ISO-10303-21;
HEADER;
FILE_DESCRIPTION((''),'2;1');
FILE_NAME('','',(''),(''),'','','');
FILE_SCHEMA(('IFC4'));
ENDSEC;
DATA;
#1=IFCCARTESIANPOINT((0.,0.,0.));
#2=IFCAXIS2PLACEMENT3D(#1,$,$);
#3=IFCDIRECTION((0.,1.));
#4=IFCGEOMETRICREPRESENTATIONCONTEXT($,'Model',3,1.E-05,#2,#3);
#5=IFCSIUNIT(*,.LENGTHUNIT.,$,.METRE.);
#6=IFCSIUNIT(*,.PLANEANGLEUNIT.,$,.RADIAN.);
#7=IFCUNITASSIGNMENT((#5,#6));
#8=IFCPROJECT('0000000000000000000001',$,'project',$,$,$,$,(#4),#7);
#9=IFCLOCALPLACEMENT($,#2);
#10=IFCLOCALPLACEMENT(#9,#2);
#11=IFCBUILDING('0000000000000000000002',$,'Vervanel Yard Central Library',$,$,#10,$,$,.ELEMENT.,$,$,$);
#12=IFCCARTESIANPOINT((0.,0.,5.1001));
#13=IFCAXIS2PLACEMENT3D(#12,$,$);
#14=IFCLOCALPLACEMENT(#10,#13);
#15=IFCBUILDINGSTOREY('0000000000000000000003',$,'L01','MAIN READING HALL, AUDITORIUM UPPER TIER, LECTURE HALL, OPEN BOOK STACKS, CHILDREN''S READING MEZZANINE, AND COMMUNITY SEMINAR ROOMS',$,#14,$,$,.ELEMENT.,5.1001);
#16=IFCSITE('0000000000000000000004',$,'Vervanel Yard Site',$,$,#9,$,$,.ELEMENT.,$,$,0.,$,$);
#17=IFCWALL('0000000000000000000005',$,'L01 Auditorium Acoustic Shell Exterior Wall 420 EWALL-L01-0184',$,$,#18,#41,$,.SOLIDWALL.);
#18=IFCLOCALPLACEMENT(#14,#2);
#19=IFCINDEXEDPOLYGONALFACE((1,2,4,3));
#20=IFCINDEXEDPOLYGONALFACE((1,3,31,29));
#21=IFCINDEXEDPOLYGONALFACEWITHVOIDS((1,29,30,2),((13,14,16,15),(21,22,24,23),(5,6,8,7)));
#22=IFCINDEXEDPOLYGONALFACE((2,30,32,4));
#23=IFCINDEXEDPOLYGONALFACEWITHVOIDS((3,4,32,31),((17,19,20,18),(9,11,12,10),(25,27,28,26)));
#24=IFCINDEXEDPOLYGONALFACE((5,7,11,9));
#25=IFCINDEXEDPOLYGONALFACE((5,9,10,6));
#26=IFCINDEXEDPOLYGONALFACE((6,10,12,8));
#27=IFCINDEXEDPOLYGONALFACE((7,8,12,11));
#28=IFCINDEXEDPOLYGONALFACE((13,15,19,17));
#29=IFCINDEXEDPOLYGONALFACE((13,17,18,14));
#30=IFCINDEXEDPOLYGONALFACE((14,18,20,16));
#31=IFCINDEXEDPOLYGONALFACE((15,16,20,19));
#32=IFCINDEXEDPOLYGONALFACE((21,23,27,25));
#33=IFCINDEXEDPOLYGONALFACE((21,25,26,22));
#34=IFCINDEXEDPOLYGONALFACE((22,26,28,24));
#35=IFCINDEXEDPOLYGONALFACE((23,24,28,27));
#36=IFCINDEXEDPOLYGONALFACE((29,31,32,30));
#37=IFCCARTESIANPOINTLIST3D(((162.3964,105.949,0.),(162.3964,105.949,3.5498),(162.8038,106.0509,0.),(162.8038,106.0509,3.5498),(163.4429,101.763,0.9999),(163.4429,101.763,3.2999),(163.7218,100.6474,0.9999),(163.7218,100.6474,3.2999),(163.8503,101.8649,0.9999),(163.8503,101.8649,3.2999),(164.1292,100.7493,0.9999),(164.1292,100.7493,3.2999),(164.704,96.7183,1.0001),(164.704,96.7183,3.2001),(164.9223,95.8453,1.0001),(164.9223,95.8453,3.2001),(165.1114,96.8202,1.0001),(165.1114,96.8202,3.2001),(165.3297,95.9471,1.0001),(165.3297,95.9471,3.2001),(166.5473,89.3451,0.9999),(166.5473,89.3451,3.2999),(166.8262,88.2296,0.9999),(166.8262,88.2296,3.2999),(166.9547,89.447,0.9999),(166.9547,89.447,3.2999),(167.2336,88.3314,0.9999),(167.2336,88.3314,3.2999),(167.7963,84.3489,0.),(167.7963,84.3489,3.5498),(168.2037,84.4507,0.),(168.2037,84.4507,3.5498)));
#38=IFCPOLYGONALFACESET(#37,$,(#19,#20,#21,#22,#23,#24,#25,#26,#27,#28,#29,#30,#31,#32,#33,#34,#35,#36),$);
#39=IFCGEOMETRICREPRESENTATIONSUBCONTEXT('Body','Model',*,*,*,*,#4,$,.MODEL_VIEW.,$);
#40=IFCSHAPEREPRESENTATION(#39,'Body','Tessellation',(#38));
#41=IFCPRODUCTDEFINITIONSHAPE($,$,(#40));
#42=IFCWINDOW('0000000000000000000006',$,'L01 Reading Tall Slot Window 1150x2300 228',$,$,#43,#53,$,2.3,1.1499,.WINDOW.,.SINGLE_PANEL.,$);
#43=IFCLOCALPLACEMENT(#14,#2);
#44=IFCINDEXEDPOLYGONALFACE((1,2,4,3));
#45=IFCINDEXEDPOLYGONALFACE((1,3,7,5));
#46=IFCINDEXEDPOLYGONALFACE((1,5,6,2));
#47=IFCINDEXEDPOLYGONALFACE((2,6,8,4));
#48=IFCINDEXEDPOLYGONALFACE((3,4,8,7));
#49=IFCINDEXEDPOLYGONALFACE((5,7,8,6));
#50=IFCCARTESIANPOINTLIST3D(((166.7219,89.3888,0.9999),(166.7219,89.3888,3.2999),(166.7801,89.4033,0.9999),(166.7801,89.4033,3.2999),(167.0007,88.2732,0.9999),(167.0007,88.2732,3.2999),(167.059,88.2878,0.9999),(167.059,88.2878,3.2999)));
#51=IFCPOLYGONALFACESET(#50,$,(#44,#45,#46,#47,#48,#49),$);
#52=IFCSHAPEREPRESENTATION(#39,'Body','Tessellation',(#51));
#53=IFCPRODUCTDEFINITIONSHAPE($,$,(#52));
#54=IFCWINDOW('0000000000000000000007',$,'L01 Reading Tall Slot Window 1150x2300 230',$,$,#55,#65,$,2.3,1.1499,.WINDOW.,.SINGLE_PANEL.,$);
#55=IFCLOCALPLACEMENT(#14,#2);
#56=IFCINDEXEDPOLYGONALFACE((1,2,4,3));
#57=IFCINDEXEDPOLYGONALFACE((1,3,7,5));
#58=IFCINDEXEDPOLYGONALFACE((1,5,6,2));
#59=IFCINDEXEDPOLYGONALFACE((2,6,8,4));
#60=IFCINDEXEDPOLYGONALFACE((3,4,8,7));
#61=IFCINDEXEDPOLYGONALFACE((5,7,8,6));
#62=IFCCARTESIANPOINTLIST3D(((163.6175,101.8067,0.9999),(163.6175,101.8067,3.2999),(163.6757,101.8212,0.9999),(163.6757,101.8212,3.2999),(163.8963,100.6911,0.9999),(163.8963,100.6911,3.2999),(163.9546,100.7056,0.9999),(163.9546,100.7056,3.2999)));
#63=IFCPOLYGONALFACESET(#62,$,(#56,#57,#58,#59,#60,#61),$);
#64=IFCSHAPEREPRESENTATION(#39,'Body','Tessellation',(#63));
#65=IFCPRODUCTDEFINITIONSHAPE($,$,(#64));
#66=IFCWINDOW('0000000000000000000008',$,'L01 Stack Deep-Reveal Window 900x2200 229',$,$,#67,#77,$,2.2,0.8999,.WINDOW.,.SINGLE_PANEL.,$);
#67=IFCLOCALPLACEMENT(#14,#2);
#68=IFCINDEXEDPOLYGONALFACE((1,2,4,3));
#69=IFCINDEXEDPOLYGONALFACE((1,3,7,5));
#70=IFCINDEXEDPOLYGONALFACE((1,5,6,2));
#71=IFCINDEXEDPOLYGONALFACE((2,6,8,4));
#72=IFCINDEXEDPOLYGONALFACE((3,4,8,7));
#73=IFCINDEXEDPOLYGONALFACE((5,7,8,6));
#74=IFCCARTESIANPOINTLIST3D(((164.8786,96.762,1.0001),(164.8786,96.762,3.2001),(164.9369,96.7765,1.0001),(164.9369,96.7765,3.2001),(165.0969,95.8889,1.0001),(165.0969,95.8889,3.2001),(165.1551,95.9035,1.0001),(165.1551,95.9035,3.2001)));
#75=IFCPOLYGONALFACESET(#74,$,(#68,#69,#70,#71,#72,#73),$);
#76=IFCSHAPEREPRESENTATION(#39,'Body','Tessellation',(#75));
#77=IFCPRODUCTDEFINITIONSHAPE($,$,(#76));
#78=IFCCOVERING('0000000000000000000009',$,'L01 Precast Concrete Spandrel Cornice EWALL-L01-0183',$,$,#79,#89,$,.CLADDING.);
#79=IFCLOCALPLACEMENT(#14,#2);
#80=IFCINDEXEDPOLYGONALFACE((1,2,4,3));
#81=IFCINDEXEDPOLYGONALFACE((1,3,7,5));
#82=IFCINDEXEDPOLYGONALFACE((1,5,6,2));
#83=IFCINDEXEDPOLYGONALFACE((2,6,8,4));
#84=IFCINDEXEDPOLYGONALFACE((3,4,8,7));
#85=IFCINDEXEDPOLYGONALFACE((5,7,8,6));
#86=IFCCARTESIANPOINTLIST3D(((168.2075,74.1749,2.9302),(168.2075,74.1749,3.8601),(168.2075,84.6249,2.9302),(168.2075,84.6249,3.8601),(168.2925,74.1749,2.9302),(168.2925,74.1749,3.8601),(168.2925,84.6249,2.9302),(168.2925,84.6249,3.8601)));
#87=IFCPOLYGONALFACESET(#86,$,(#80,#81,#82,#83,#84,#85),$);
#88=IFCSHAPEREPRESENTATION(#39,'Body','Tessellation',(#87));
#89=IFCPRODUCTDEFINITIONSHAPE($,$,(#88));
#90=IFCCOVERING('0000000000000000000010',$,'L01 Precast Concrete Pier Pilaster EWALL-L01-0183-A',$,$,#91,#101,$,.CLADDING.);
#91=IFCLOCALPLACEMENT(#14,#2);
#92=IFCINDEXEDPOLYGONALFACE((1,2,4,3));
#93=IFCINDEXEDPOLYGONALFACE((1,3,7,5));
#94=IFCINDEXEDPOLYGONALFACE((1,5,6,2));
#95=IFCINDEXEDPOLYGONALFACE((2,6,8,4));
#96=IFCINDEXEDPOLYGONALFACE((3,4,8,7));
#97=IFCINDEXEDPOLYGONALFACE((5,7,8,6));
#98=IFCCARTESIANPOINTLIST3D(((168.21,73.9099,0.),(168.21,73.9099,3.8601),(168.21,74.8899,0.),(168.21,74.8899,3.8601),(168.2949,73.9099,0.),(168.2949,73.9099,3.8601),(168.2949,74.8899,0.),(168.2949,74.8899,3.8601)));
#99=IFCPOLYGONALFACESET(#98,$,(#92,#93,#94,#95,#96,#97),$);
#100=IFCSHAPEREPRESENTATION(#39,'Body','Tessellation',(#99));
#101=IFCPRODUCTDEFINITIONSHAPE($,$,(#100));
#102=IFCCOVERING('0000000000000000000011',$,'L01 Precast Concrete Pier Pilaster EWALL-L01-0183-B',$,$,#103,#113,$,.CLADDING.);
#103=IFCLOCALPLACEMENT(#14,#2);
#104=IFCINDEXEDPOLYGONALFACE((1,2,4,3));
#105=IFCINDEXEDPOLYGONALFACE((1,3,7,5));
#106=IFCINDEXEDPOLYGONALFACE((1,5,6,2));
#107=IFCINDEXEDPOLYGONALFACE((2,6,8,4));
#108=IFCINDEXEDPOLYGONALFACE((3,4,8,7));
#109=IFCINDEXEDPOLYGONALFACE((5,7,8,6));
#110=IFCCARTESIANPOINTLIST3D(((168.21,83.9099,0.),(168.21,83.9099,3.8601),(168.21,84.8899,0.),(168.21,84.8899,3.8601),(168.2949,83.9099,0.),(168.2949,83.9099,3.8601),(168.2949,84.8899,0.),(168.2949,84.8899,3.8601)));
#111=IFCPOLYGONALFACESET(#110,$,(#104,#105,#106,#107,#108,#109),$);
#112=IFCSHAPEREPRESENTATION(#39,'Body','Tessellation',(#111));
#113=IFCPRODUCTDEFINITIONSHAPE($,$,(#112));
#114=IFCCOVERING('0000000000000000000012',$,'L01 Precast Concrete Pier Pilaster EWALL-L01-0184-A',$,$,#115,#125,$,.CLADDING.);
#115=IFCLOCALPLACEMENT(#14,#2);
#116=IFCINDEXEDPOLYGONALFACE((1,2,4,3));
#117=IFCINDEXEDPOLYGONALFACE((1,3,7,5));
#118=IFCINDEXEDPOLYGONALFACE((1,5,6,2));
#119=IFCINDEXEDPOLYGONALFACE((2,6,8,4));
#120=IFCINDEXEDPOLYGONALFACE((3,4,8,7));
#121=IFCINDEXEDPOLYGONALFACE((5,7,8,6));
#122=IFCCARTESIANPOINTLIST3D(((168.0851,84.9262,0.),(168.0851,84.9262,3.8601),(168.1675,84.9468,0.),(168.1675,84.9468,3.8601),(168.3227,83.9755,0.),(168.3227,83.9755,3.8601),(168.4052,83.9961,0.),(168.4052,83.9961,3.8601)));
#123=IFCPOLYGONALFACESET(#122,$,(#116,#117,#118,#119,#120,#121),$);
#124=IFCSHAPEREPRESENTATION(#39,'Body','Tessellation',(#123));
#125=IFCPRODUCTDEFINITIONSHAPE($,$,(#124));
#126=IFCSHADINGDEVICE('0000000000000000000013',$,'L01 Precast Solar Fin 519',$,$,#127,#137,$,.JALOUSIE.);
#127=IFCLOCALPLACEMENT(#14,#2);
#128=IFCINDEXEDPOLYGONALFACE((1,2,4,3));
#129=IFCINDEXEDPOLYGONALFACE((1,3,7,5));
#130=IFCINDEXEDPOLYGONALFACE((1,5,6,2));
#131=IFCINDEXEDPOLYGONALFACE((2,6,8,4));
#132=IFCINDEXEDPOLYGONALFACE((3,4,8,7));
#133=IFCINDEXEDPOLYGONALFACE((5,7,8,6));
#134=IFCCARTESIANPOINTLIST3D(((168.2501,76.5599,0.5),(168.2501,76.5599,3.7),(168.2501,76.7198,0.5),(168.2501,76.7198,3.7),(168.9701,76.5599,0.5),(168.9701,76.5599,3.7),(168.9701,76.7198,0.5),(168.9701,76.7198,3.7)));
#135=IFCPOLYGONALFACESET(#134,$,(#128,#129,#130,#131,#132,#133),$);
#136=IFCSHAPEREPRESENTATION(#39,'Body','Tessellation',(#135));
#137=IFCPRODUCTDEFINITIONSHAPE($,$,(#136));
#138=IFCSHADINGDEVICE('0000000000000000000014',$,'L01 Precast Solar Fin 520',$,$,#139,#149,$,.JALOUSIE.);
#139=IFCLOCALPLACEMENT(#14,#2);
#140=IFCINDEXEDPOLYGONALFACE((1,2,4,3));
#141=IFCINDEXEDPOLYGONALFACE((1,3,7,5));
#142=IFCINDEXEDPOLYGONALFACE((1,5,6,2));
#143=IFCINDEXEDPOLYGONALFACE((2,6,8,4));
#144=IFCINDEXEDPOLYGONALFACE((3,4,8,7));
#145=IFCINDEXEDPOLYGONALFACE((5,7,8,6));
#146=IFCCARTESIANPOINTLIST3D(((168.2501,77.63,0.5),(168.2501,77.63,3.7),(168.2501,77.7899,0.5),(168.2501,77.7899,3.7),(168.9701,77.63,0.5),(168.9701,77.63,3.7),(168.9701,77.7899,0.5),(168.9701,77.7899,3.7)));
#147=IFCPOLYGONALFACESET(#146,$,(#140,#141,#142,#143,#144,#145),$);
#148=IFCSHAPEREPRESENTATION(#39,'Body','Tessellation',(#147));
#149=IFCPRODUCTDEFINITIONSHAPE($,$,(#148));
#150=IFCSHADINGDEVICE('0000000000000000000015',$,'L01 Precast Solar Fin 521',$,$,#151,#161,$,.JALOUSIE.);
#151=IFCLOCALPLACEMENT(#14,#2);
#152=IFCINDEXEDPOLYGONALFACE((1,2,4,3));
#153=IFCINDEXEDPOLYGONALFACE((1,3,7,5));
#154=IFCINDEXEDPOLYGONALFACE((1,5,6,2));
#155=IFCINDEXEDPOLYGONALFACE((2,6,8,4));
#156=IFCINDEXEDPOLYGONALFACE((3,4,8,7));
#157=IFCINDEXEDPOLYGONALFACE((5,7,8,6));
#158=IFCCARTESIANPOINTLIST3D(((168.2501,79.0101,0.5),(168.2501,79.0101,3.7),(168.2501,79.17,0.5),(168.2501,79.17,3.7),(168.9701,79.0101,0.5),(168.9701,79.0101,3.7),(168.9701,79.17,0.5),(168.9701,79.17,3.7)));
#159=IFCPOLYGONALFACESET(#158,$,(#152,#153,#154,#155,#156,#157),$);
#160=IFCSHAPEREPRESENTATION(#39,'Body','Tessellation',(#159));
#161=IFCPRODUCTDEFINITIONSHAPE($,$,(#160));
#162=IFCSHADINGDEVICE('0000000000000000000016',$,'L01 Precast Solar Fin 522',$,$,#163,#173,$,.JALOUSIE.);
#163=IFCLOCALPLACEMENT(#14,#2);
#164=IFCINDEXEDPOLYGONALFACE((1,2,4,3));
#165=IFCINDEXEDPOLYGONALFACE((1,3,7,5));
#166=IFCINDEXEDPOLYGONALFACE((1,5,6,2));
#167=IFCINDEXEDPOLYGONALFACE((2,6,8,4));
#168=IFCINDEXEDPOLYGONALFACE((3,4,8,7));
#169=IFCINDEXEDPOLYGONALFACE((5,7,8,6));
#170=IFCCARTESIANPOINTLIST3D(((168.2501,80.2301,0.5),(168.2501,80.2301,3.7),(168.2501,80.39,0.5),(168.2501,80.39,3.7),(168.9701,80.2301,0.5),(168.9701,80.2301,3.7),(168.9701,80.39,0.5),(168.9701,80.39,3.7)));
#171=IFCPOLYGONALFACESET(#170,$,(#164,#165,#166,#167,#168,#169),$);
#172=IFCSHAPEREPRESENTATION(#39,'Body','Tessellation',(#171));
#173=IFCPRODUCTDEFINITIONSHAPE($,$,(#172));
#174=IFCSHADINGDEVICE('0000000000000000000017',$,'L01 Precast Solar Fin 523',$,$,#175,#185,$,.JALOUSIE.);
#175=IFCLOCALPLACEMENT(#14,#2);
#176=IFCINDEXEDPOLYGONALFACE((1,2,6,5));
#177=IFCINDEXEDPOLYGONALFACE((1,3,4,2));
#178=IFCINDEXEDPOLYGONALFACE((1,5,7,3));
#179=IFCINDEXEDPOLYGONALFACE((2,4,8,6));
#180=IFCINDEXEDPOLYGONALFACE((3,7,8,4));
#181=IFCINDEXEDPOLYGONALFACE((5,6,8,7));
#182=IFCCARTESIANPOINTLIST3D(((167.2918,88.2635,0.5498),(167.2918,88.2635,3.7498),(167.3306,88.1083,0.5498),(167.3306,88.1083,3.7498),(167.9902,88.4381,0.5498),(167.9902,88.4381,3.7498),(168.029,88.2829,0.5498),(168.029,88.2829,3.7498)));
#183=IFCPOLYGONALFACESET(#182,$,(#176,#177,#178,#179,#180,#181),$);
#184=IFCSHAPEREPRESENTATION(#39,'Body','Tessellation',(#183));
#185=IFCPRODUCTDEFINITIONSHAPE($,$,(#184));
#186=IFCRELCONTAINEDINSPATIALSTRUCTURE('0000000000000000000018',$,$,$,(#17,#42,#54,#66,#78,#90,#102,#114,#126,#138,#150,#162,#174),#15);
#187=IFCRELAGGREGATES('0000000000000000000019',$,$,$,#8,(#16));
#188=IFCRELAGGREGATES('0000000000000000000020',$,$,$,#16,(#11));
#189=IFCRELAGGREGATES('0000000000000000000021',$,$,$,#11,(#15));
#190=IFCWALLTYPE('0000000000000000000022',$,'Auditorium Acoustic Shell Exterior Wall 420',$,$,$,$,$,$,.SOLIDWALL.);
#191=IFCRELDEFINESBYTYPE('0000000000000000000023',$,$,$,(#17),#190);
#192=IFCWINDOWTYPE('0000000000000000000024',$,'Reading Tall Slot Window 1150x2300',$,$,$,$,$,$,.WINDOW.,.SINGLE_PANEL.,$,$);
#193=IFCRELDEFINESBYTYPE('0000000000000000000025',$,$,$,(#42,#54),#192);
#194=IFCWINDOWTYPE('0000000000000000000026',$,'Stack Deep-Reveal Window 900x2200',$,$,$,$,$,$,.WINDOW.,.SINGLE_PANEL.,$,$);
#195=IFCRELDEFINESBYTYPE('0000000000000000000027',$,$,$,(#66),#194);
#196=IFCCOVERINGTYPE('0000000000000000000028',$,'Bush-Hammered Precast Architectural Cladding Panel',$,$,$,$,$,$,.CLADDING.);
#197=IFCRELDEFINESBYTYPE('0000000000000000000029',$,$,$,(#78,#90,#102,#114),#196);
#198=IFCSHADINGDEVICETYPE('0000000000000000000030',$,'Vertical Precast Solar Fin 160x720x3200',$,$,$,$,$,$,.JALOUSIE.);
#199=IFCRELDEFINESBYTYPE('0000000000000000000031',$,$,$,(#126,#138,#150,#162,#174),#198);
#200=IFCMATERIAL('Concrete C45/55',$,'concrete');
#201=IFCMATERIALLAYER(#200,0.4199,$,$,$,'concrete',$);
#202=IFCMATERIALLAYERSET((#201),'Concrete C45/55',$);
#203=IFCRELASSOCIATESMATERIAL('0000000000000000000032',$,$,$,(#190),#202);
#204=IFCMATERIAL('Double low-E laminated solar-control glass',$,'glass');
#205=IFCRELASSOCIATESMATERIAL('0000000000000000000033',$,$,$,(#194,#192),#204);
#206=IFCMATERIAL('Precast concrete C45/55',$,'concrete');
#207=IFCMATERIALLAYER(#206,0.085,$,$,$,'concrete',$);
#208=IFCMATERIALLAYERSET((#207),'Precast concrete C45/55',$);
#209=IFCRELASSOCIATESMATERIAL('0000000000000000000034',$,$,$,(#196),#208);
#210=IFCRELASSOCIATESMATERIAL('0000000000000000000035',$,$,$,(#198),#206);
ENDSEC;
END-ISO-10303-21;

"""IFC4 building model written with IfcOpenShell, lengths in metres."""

from ifc_helpers import new_model, si_unit, direction, frame, frame_2d, origin, origin_2d, place, context, subcontext, project, spatial, rectangle, extrude, material, layer, layer_set, type_object, element, fill, save


model = new_model("IFC4")

# Units and contexts
model_context = context("Model", 3, precision=1e-05, world=origin(), true_north=direction((0.0, 1.0)))
body_context = subcontext(model_context, "Body", "Model", "MODEL_VIEW")
ifc_project = project(units=[si_unit("LENGTHUNIT", "METRE"), si_unit("PLANEANGLEUNIT", "RADIAN")], contexts=[model_context])

# Site, building, storey
site_placement = place(None, origin())
site = spatial("IfcSite", under=ifc_project, at=site_placement, Name="Vervanel Yard Site", CompositionType="ELEMENT", RefElevation=0.0)
building_placement = place(site_placement, origin())
building = spatial("IfcBuilding", under=site, at=building_placement, Name="Vervanel Yard Central Library", CompositionType="ELEMENT")
storey_placement = place(building_placement, frame((0.0, 0.0, 5.1001)))
storey = spatial("IfcBuildingStorey", under=building, at=storey_placement, Name="L01", Description="MAIN READING HALL, AUDITORIUM UPPER TIER, LECTURE HALL, OPEN BOOK STACKS, CHILDREN'S READING MEZZANINE, AND COMMUNITY SEMINAR ROOMS", CompositionType="ELEMENT", Elevation=5.1001)

# Wall, openings, windows
ifc_material_1 = material(Name="Concrete C45/55", Category="concrete")
ifc_layer_1 = layer(ifc_material_1, 0.4199, Category="concrete")
ifc_layer_set_1 = layer_set([ifc_layer_1], Name="Concrete C45/55")
wall_type = type_object("IfcWallType", Name="Auditorium Acoustic Shell Exterior Wall 420", PredefinedType="SOLIDWALL", material=ifc_layer_set_1)
ifc_material_2 = material(Name="Double low-E laminated solar-control glass", Category="glass")
window_type_1 = type_object("IfcWindowType", Name="Stack Deep-Reveal Window 900x2200", PartitioningType="SINGLE_PANEL", PredefinedType="WINDOW", material=ifc_material_2)
wall_1_placement = place(storey_placement, frame((168.0, 84.3999, 0.0), z_axis=(0.0, 0.0, 1.0), x_axis=(-0.24253, 0.970144, 0.0)))
wall_1 = element("IfcWall", 1, at=wall_1_placement, inside=storey, type_object=wall_type, Name="L01 Auditorium Acoustic Shell Exterior Wall 420 EWALL-L01-0184", PredefinedType="SOLIDWALL", context=body_context, shape_type="SweptSolid", body=[
    extrude(rectangle(XDim=22.2649, YDim=0.4199, at=frame_2d((11.1323, 0.0))), origin(), (0.0, 0.0, 1.0), 3.5498),
])
opening_1_placement = place(wall_1_placement, frame((4.0, 0.0, 1.0)))
opening_1 = element("IfcOpeningElement", 2, at=opening_1_placement, cuts=wall_1, PredefinedType="OPENING", context=body_context, shape_type="SweptSolid", body=[
    extrude(rectangle(XDim=1.1499, YDim=2.3, at=frame_2d((0.575, 1.1499))), frame((0.0, 0.22, 0.0), z_axis=(0.0, -1.0, 0.0), x_axis=(1.0, 0.0, 0.0)), (0.0, 0.0, 1.0), 0.4399),
])
opening_2_placement = place(wall_1_placement, frame((11.8501, 0.0, 1.0)))
opening_2 = element("IfcOpeningElement", 3, at=opening_2_placement, cuts=wall_1, PredefinedType="OPENING", context=body_context, shape_type="SweptSolid", body=[
    extrude(rectangle(XDim=0.8999, YDim=2.2, at=frame_2d((0.45, 1.1001))), frame((0.0, 0.22, 0.0), z_axis=(0.0, -1.0, 0.0), x_axis=(1.0, 0.0, 0.0)), (0.0, 0.0, 1.0), 0.4399),
])
opening_3_placement = place(wall_1_placement, frame((16.8, 0.0, 1.0)))
opening_3 = element("IfcOpeningElement", 4, at=opening_3_placement, cuts=wall_1, PredefinedType="OPENING", context=body_context, shape_type="SweptSolid", body=[
    extrude(rectangle(XDim=1.1499, YDim=2.3, at=frame_2d((0.575, 1.1499))), frame((0.0, 0.22, 0.0), z_axis=(0.0, -1.0, 0.0), x_axis=(1.0, 0.0, 0.0)), (0.0, 0.0, 1.0), 0.4399),
])
window_type_2 = type_object("IfcWindowType", Name="Reading Tall Slot Window 1150x2300", PartitioningType="SINGLE_PANEL", PredefinedType="WINDOW", material=ifc_material_2)
window_1_placement = place(opening_1_placement, origin())
window_1 = element("IfcWindow", 5, at=window_1_placement, inside=storey, type_object=window_type_2, Name="L01 Reading Tall Slot Window 1150x2300 228", OverallHeight=2.3, OverallWidth=1.1499, PartitioningType="SINGLE_PANEL", PredefinedType="WINDOW", context=body_context, shape_type="SweptSolid", body=[
    extrude(rectangle(XDim=1.1499, YDim=2.3, at=frame_2d((0.575, 1.1499))), frame((0.0, 0.03, 0.0), z_axis=(0.0, -1.0, 0.0), x_axis=(1.0, 0.0, 0.0)), (0.0, 0.0, 1.0), 0.0601),
])
fill(opening_1, window_1)
window_2_placement = place(opening_3_placement, origin())
window_2 = element("IfcWindow", 6, at=window_2_placement, inside=storey, type_object=window_type_2, Name="L01 Reading Tall Slot Window 1150x2300 230", OverallHeight=2.3, OverallWidth=1.1499, PartitioningType="SINGLE_PANEL", PredefinedType="WINDOW", context=body_context, shape_type="SweptSolid", body=[
    extrude(rectangle(XDim=1.1499, YDim=2.3, at=frame_2d((0.575, 1.1499))), frame((0.0, 0.03, 0.0), z_axis=(0.0, -1.0, 0.0), x_axis=(1.0, 0.0, 0.0)), (0.0, 0.0, 1.0), 0.0601),
])
fill(opening_3, window_2)
window_3_placement = place(opening_2_placement, origin())
window_3 = element("IfcWindow", 7, at=window_3_placement, inside=storey, type_object=window_type_1, Name="L01 Stack Deep-Reveal Window 900x2200 229", OverallHeight=2.2, OverallWidth=0.8999, PartitioningType="SINGLE_PANEL", PredefinedType="WINDOW", context=body_context, shape_type="SweptSolid", body=[
    extrude(rectangle(XDim=0.8999, YDim=2.2, at=frame_2d((0.45, 1.1001))), frame((0.0, 0.03, 0.0), z_axis=(0.0, -1.0, 0.0), x_axis=(1.0, 0.0, 0.0)), (0.0, 0.0, 1.0), 0.0601),
])
fill(opening_2, window_3)

# Coverings
ifc_material_3 = material(Name="Precast concrete C45/55", Category="concrete")
ifc_layer_2 = layer(ifc_material_3, 0.085, Category="concrete")
ifc_layer_set_2 = layer_set([ifc_layer_2], Name="Precast concrete C45/55")
covering_type = type_object("IfcCoveringType", Name="Bush-Hammered Precast Architectural Cladding Panel", PredefinedType="CLADDING", material=ifc_layer_set_2)
covering_placement = place(storey_placement, frame((168.25, 79.3999, 2.9302), z_axis=(0.0, 0.0, 1.0), x_axis=(0.0, 1.0, 0.0)))
element("IfcCovering", 8, at=covering_placement, inside=storey, type_object=covering_type, Name="L01 Precast Concrete Spandrel Cornice EWALL-L01-0183", PredefinedType="CLADDING", context=body_context, shape_type="SweptSolid", body=[
    extrude(rectangle(XDim=10.45, YDim=0.085, at=origin_2d()), origin(), (0.0, 0.0, 1.0), 0.9299),
])
for number, where, z_axis, x_axis, name in (
    (9, (168.2524, 74.3999, 0.0), (0.0, 0.0, 1.0), (0.0, 1.0, 0.0), "L01 Precast Concrete Pier Pilaster EWALL-L01-0183-A"),
    (10, (168.2524, 84.3999, 0.0), (0.0, 0.0, 1.0), (0.0, 1.0, 0.0), "L01 Precast Concrete Pier Pilaster EWALL-L01-0183-B"),
    (11, (168.2451, 84.4612, 0.0), (0.0, 0.0, 1.0), (-0.242535, 0.970143, 0.0), "L01 Precast Concrete Pier Pilaster EWALL-L01-0184-A"),
):
    element("IfcCovering", number, at=place(storey_placement, frame(where, z_axis=z_axis, x_axis=x_axis)), inside=storey, type_object=covering_type, Name=name, PredefinedType="CLADDING", context=body_context, shape_type="SweptSolid", body=[
        extrude(rectangle(XDim=0.98, YDim=0.085, at=origin_2d()), origin(), (0.0, 0.0, 1.0), 3.8601),
    ])

# Shading devices
shading_device_type = type_object("IfcShadingDeviceType", Name="Vertical Precast Solar Fin 160x720x3200", PredefinedType="JALOUSIE", material=ifc_material_3)
for number, where, z_axis, x_axis, name in (
    (12, (168.6101, 76.6399, 0.5), (0.0, 0.0, 1.0), (0.0, 1.0, 0.0), "L01 Precast Solar Fin 519"),
    (13, (168.6101, 77.71, 0.5), (0.0, 0.0, 1.0), (0.0, 1.0, 0.0), "L01 Precast Solar Fin 520"),
    (14, (168.6101, 79.0901, 0.5), (0.0, 0.0, 1.0), (0.0, 1.0, 0.0), "L01 Precast Solar Fin 521"),
    (15, (168.6101, 80.3101, 0.5), (0.0, 0.0, 1.0), (0.0, 1.0, 0.0), "L01 Precast Solar Fin 522"),
    (16, (167.6604, 88.2732, 0.5498), (0.0, 0.0, 1.0), (-0.242535, 0.970143, 0.0), "L01 Precast Solar Fin 523"),
):
    element("IfcShadingDevice", number, at=place(storey_placement, frame(where, z_axis=z_axis, x_axis=x_axis)), inside=storey, type_object=shading_device_type, Name=name, PredefinedType="JALOUSIE", context=body_context, shape_type="SweptSolid", body=[
        extrude(rectangle(XDim=0.1599, YDim=0.72, at=origin_2d()), origin(), (0.0, 0.0, 1.0), 3.2),
    ])

save(model, "model.ifc")
